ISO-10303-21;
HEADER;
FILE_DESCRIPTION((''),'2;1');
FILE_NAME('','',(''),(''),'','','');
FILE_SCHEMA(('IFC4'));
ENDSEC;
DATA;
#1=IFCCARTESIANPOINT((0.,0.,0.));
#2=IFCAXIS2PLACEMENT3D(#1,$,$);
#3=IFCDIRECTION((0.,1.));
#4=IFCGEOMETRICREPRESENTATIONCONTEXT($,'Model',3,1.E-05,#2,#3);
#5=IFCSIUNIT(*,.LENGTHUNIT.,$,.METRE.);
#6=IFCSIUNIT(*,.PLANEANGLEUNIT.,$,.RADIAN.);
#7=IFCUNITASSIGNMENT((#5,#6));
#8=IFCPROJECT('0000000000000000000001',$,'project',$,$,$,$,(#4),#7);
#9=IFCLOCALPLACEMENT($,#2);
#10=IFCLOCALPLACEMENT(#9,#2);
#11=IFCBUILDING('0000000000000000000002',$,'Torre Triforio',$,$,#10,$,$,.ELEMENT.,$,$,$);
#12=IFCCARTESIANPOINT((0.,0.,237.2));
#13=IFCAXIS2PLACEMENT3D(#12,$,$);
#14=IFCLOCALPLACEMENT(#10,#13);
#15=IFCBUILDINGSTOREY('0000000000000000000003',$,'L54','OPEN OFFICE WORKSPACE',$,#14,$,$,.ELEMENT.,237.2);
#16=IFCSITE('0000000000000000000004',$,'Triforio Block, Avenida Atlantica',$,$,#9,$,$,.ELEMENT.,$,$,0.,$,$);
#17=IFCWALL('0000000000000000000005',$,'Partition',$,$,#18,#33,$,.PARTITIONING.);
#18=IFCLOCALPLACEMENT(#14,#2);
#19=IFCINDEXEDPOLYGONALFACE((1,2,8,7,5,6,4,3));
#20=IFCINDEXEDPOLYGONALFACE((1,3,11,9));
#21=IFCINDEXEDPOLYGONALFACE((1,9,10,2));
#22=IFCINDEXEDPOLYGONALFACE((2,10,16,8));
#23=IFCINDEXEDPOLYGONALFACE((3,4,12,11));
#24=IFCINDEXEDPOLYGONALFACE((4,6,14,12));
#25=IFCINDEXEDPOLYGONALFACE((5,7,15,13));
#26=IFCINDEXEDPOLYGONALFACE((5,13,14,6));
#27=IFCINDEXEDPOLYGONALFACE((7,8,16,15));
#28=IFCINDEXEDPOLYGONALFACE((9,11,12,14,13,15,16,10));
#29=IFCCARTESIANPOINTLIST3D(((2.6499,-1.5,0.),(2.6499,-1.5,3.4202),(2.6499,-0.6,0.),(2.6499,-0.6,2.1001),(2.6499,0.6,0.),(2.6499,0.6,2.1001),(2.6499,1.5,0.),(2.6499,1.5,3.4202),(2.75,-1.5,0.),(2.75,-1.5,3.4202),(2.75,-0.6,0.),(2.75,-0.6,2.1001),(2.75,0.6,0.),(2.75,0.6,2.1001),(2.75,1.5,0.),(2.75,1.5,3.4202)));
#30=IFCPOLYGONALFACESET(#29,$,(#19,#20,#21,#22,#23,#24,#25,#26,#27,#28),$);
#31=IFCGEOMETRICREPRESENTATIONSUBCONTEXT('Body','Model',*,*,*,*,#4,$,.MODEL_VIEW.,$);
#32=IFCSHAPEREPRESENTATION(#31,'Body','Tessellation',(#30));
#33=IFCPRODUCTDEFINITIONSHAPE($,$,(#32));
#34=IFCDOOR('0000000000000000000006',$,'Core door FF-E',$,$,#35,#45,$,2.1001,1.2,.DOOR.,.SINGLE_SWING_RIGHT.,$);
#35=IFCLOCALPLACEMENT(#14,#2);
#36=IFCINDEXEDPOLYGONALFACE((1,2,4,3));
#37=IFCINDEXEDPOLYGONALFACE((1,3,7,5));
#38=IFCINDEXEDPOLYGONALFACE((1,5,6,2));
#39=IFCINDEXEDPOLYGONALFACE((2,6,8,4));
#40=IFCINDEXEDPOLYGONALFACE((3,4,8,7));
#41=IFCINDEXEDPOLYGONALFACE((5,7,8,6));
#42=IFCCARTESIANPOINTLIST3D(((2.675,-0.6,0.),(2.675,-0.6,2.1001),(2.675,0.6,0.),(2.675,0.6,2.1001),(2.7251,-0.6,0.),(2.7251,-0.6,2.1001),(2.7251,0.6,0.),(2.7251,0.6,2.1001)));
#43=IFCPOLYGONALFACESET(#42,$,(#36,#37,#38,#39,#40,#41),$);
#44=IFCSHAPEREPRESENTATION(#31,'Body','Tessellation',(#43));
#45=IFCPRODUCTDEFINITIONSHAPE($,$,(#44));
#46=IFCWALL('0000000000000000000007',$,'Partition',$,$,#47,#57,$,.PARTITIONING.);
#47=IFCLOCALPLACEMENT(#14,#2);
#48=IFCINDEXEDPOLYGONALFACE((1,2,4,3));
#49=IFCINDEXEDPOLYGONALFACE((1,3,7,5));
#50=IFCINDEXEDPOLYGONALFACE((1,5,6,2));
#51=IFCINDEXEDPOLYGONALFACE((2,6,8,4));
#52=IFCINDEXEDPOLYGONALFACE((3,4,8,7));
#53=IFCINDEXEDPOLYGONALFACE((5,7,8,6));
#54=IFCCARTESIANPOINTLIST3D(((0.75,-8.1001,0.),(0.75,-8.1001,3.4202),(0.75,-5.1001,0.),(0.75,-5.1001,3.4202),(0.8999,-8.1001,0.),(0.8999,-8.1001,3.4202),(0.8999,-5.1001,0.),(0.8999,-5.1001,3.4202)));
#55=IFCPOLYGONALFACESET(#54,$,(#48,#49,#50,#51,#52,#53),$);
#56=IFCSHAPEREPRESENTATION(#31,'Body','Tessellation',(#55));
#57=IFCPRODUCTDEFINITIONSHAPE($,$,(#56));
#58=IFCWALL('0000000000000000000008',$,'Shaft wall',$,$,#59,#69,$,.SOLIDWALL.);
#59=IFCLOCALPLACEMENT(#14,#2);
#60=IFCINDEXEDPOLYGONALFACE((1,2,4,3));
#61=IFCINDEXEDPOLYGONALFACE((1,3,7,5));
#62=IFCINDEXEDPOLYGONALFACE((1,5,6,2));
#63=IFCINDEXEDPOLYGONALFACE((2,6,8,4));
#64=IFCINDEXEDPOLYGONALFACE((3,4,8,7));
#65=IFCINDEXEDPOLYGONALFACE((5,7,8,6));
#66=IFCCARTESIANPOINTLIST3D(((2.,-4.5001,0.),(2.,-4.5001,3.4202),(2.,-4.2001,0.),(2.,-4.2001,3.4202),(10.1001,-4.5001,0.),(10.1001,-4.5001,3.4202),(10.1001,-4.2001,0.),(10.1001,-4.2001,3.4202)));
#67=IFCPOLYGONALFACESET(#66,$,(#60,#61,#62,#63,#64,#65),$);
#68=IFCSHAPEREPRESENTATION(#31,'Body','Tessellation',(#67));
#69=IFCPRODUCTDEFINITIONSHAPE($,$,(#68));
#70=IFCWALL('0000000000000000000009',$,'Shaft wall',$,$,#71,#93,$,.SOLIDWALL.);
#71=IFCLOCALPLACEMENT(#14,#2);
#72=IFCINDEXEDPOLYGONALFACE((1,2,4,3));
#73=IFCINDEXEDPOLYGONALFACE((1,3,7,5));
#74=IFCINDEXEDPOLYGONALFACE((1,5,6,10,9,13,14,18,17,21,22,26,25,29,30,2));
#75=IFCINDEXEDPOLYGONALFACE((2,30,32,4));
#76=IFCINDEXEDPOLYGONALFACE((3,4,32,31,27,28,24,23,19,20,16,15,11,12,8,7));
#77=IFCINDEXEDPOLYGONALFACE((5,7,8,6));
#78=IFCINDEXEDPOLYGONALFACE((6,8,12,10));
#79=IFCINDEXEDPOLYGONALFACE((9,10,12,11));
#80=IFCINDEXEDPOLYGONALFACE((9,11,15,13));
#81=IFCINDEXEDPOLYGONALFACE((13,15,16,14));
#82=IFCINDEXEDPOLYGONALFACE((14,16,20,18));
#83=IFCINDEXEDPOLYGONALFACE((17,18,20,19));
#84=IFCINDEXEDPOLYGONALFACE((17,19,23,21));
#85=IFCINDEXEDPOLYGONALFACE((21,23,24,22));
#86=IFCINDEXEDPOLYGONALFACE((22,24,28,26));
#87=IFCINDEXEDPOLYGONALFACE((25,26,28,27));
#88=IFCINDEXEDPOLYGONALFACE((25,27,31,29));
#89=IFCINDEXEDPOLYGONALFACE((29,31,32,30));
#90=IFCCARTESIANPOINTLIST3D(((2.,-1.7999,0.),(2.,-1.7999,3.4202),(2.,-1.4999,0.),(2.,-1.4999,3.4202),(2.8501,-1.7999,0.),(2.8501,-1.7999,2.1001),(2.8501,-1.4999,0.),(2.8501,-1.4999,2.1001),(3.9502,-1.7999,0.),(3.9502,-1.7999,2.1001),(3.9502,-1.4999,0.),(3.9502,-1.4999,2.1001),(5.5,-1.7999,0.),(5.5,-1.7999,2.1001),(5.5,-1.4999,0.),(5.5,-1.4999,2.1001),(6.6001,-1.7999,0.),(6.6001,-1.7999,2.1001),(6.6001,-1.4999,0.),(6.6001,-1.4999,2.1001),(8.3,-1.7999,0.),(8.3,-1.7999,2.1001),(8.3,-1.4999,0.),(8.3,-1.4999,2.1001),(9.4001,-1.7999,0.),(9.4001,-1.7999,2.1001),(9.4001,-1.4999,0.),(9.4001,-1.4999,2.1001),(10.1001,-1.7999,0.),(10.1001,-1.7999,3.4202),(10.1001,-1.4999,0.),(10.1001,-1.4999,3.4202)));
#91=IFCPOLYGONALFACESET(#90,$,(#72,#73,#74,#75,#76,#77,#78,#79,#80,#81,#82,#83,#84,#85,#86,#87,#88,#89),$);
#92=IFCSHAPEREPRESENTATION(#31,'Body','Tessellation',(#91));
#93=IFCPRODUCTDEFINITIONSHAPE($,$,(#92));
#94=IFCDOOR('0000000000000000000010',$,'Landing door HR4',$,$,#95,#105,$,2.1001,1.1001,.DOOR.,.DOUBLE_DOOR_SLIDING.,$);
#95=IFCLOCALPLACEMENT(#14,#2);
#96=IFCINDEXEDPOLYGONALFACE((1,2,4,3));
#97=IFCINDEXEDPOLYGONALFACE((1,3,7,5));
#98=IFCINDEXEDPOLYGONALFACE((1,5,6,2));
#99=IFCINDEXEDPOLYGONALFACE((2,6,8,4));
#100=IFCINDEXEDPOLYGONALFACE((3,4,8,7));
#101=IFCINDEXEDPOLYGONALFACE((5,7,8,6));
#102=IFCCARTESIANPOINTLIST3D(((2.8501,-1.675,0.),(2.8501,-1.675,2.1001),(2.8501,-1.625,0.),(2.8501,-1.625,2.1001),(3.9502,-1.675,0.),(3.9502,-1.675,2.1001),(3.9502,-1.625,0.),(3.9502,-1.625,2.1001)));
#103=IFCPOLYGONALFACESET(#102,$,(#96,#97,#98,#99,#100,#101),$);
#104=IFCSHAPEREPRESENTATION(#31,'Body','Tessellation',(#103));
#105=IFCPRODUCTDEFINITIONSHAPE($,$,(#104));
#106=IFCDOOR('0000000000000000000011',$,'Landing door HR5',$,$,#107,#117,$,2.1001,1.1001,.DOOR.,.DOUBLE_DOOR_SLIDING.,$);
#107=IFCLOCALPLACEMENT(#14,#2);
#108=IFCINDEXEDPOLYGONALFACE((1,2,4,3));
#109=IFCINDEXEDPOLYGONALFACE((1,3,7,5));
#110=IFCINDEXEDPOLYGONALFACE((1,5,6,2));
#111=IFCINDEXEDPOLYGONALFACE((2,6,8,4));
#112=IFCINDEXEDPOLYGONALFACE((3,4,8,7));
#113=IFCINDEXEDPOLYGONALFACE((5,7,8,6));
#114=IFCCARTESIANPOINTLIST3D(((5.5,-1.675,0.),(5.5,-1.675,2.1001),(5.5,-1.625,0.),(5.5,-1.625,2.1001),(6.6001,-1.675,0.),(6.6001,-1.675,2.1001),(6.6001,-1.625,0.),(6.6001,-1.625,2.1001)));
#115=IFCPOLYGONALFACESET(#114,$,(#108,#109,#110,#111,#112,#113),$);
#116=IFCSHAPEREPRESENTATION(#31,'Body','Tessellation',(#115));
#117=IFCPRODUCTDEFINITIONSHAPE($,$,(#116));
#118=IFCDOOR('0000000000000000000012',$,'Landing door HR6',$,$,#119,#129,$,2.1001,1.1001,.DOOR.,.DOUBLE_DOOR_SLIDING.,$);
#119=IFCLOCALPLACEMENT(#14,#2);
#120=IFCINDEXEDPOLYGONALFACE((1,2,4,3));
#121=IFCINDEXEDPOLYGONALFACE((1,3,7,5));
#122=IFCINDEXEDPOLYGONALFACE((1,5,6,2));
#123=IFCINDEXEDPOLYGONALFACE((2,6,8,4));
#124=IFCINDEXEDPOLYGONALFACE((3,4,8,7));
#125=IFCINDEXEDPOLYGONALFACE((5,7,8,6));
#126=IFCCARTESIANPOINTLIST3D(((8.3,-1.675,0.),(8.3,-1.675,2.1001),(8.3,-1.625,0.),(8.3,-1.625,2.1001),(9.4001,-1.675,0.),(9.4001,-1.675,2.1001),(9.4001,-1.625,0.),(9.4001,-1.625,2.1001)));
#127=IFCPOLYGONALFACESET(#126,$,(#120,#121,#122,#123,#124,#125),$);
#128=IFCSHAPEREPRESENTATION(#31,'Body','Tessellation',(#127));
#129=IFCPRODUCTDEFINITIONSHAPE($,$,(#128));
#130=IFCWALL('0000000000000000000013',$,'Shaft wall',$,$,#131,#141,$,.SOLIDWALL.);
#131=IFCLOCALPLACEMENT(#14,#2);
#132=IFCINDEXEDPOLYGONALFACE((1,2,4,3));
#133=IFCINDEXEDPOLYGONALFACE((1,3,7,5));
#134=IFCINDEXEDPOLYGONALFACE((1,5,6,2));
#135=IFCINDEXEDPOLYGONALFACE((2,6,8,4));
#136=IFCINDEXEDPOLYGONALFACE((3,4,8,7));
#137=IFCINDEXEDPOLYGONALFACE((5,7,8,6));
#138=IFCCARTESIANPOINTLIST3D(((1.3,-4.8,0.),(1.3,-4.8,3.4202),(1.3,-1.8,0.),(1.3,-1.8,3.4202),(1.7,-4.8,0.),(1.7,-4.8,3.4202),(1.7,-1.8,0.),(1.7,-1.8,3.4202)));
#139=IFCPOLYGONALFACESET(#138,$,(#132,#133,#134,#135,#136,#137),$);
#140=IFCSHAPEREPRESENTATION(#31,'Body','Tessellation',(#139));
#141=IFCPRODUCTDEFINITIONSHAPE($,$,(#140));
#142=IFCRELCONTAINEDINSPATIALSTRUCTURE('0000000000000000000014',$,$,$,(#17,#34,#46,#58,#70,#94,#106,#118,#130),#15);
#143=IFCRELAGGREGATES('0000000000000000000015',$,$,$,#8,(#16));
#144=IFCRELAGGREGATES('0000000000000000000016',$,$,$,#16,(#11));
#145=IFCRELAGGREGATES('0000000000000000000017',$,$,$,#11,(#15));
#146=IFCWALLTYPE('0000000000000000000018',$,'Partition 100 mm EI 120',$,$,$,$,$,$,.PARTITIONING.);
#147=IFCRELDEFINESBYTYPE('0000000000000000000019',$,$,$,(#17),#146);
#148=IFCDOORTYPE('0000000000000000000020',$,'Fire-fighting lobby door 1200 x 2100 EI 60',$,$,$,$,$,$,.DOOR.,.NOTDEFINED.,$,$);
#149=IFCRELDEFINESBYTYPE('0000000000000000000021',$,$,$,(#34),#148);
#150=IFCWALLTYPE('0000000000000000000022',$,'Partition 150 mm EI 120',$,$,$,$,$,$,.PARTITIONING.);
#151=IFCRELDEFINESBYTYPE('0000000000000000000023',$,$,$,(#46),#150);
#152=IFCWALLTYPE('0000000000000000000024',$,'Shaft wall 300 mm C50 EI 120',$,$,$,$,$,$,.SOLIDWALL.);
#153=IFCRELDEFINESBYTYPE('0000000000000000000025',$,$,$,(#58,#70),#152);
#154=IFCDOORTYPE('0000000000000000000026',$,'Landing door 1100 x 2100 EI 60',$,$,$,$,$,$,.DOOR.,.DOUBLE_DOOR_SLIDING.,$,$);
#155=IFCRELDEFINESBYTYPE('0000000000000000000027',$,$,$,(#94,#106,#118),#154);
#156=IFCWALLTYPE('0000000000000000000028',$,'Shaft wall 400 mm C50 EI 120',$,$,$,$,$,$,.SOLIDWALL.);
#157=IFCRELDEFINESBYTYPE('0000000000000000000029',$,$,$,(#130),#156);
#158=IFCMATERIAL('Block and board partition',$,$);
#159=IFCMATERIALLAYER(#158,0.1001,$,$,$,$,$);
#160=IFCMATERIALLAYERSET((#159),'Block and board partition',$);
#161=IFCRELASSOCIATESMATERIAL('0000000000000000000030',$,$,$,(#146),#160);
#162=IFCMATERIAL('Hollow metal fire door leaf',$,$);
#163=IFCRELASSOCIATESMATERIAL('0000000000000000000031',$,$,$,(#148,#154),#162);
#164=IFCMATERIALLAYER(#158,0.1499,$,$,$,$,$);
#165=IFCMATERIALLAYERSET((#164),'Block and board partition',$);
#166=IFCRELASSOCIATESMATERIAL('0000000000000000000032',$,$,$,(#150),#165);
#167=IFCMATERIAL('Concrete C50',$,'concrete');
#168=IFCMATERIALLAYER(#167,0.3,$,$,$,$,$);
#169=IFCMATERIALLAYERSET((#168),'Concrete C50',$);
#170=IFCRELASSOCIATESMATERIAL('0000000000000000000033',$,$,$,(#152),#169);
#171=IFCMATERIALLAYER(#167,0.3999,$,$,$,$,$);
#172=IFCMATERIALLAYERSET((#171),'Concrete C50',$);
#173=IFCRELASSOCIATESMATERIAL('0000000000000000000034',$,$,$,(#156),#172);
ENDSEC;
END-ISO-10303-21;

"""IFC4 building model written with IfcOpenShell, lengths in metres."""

from ifc_helpers import new_model, si_unit, direction, frame, frame_2d, origin, place, context, subcontext, project, spatial, rectangle, extrude, material, layer, layer_set, type_object, element, fill, save


model = new_model("IFC4")

# Units and contexts
model_context = context("Model", 3, precision=1e-05, world=origin(), true_north=direction((0.0, 1.0)))
body_context = subcontext(model_context, "Body", "Model", "MODEL_VIEW")
ifc_project = project(units=[si_unit("LENGTHUNIT", "METRE"), si_unit("PLANEANGLEUNIT", "RADIAN")], contexts=[model_context])

# Site, building, storey
site_placement = place(None, origin())
site = spatial("IfcSite", under=ifc_project, at=site_placement, Name="Triforio Block, Avenida Atlantica", CompositionType="ELEMENT", RefElevation=0.0)
building_placement = place(site_placement, origin())
building = spatial("IfcBuilding", under=site, at=building_placement, Name="Torre Triforio", CompositionType="ELEMENT")
storey_placement = place(building_placement, frame((0.0, 0.0, 237.2)))
storey = spatial("IfcBuildingStorey", under=building, at=storey_placement, Name="L54", Description="OPEN OFFICE WORKSPACE", CompositionType="ELEMENT", Elevation=237.2)

# Shared definitions
ifc_material_1 = material(Name="Concrete C50", Category="concrete")

# Wall, opening, door
ifc_material_2 = material(Name="Block and board partition")
ifc_layer_1 = layer(ifc_material_2, 0.1001)
ifc_layer_set_1 = layer_set([ifc_layer_1], Name="Block and board partition")
wall_type_1 = type_object("IfcWallType", Name="Partition 100 mm EI 120", PredefinedType="PARTITIONING", material=ifc_layer_set_1)
wall_1_placement = place(storey_placement, frame((2.7, -1.5, 0.0), z_axis=(0.0, 0.0, 1.0), x_axis=(0.0, 1.0, 0.0)))
wall_1 = element("IfcWall", 1, at=wall_1_placement, inside=storey, type_object=wall_type_1, Name="Partition", PredefinedType="PARTITIONING", context=body_context, shape_type="SweptSolid", body=[
    extrude(rectangle(XDim=3.0, YDim=0.1001, at=frame_2d((1.5, 0.0))), origin(), (0.0, 0.0, 1.0), 3.4202),
])
opening_1_placement = place(wall_1_placement, frame((0.8999, 0.0, 0.0)))
opening_1 = element("IfcOpeningElement", 2, at=opening_1_placement, cuts=wall_1, PredefinedType="OPENING", context=body_context, shape_type="SweptSolid", body=[
    extrude(rectangle(XDim=1.2, YDim=2.1001, at=frame_2d((0.6001, 1.05))), frame((0.0, 0.0601, 0.0), z_axis=(0.0, -1.0, 0.0), x_axis=(1.0, 0.0, 0.0)), (0.0, 0.0, 1.0), 0.1201),
])
ifc_material_3 = material(Name="Hollow metal fire door leaf")
door_type_1 = type_object("IfcDoorType", Name="Fire-fighting lobby door 1200 x 2100 EI 60", OperationType="NOTDEFINED", PredefinedType="DOOR", material=ifc_material_3)
door_1_placement = place(opening_1_placement, origin())
door_1 = element("IfcDoor", 3, at=door_1_placement, inside=storey, type_object=door_type_1, Name="Core door FF-E", OperationType="SINGLE_SWING_RIGHT", OverallHeight=2.1001, OverallWidth=1.2, PredefinedType="DOOR", context=body_context, shape_type="SweptSolid", body=[
    extrude(rectangle(XDim=1.2, YDim=2.1001, at=frame_2d((0.6001, 1.05))), frame((0.0, 0.0249, 0.0), z_axis=(0.0, -1.0, 0.0), x_axis=(1.0, 0.0, 0.0)), (0.0, 0.0, 1.0), 0.05),
])
fill(opening_1, door_1)

# Walls
ifc_layer_2 = layer(ifc_material_2, 0.1499)
ifc_layer_set_2 = layer_set([ifc_layer_2], Name="Block and board partition")
wall_type_2 = type_object("IfcWallType", Name="Partition 150 mm EI 120", PredefinedType="PARTITIONING", material=ifc_layer_set_2)
wall_2_placement = place(storey_placement, frame((0.825, -8.1001, 0.0), z_axis=(0.0, 0.0, 1.0), x_axis=(0.0, 1.0, 0.0)))
element("IfcWall", 4, at=wall_2_placement, inside=storey, type_object=wall_type_2, Name="Partition", PredefinedType="PARTITIONING", context=body_context, shape_type="SweptSolid", body=[
    extrude(rectangle(XDim=3.0, YDim=0.1499, at=frame_2d((1.5, 0.0))), origin(), (0.0, 0.0, 1.0), 3.4202),
])
ifc_layer_3 = layer(ifc_material_1, 0.3)
ifc_layer_set_3 = layer_set([ifc_layer_3], Name="Concrete C50")
wall_type_3 = type_object("IfcWallType", Name="Shaft wall 300 mm C50 EI 120", PredefinedType="SOLIDWALL", material=ifc_layer_set_3)
wall_3_placement = place(storey_placement, frame((2.0, -4.3501, 0.0), z_axis=(0.0, 0.0, 1.0), x_axis=(1.0, 0.0, 0.0)))
element("IfcWall", 5, at=wall_3_placement, inside=storey, type_object=wall_type_3, Name="Shaft wall", PredefinedType="SOLIDWALL", context=body_context, shape_type="SweptSolid", body=[
    extrude(rectangle(XDim=8.1001, YDim=0.3, at=frame_2d((4.05, 0.0))), origin(), (0.0, 0.0, 1.0), 3.4202),
])

# Wall, openings, doors
wall_4_placement = place(storey_placement, frame((2.0, -1.6499, 0.0), z_axis=(0.0, 0.0, 1.0), x_axis=(1.0, 0.0, 0.0)))
wall_4 = element("IfcWall", 6, at=wall_4_placement, inside=storey, type_object=wall_type_3, Name="Shaft wall", PredefinedType="SOLIDWALL", context=body_context, shape_type="SweptSolid", body=[
    extrude(rectangle(XDim=8.1001, YDim=0.3, at=frame_2d((4.05, 0.0))), origin(), (0.0, 0.0, 1.0), 3.4202),
])
opening_2_placement = place(wall_4_placement, frame((0.8501, 0.0, 0.0)))
opening_2 = element("IfcOpeningElement", 7, at=opening_2_placement, cuts=wall_4, PredefinedType="OPENING", context=body_context, shape_type="SweptSolid", body=[
    extrude(rectangle(XDim=1.1001, YDim=2.1001, at=frame_2d((0.55, 1.05))), frame((0.0, 0.1599, 0.0), z_axis=(0.0, -1.0, 0.0), x_axis=(1.0, 0.0, 0.0)), (0.0, 0.0, 1.0), 0.3201),
])
opening_3_placement = place(wall_4_placement, frame((3.5, 0.0, 0.0)))
opening_3 = element("IfcOpeningElement", 8, at=opening_3_placement, cuts=wall_4, PredefinedType="OPENING", context=body_context, shape_type="SweptSolid", body=[
    extrude(rectangle(XDim=1.1001, YDim=2.1001, at=frame_2d((0.55, 1.05))), frame((0.0, 0.1599, 0.0), z_axis=(0.0, -1.0, 0.0), x_axis=(1.0, 0.0, 0.0)), (0.0, 0.0, 1.0), 0.3201),
])
opening_4_placement = place(wall_4_placement, frame((6.3, 0.0, 0.0)))
opening_4 = element("IfcOpeningElement", 9, at=opening_4_placement, cuts=wall_4, PredefinedType="OPENING", context=body_context, shape_type="SweptSolid", body=[
    extrude(rectangle(XDim=1.1001, YDim=2.1001, at=frame_2d((0.55, 1.05))), frame((0.0, 0.1599, 0.0), z_axis=(0.0, -1.0, 0.0), x_axis=(1.0, 0.0, 0.0)), (0.0, 0.0, 1.0), 0.3201),
])
door_type_2 = type_object("IfcDoorType", Name="Landing door 1100 x 2100 EI 60", OperationType="DOUBLE_DOOR_SLIDING", PredefinedType="DOOR", material=ifc_material_3)
door_2_placement = place(opening_2_placement, origin())
door_2 = element("IfcDoor", 10, at=door_2_placement, inside=storey, type_object=door_type_2, Name="Landing door HR4", OperationType="DOUBLE_DOOR_SLIDING", OverallHeight=2.1001, OverallWidth=1.1001, PredefinedType="DOOR", context=body_context, shape_type="SweptSolid", body=[
    extrude(rectangle(XDim=1.1001, YDim=2.1001, at=frame_2d((0.55, 1.05))), frame((0.0, 0.0249, 0.0), z_axis=(0.0, -1.0, 0.0), x_axis=(1.0, 0.0, 0.0)), (0.0, 0.0, 1.0), 0.05),
])
fill(opening_2, door_2)
door_3_placement = place(opening_3_placement, origin())
door_3 = element("IfcDoor", 11, at=door_3_placement, inside=storey, type_object=door_type_2, Name="Landing door HR5", OperationType="DOUBLE_DOOR_SLIDING", OverallHeight=2.1001, OverallWidth=1.1001, PredefinedType="DOOR", context=body_context, shape_type="SweptSolid", body=[
    extrude(rectangle(XDim=1.1001, YDim=2.1001, at=frame_2d((0.55, 1.05))), frame((0.0, 0.0249, 0.0), z_axis=(0.0, -1.0, 0.0), x_axis=(1.0, 0.0, 0.0)), (0.0, 0.0, 1.0), 0.05),
])
fill(opening_3, door_3)
door_4_placement = place(opening_4_placement, origin())
door_4 = element("IfcDoor", 12, at=door_4_placement, inside=storey, type_object=door_type_2, Name="Landing door HR6", OperationType="DOUBLE_DOOR_SLIDING", OverallHeight=2.1001, OverallWidth=1.1001, PredefinedType="DOOR", context=body_context, shape_type="SweptSolid", body=[
    extrude(rectangle(XDim=1.1001, YDim=2.1001, at=frame_2d((0.55, 1.05))), frame((0.0, 0.0249, 0.0), z_axis=(0.0, -1.0, 0.0), x_axis=(1.0, 0.0, 0.0)), (0.0, 0.0, 1.0), 0.05),
])
fill(opening_4, door_4)

# Wall
ifc_layer_4 = layer(ifc_material_1, 0.3999)
ifc_layer_set_4 = layer_set([ifc_layer_4], Name="Concrete C50")
wall_type_4 = type_object("IfcWallType", Name="Shaft wall 400 mm C50 EI 120", PredefinedType="SOLIDWALL", material=ifc_layer_set_4)
wall_5_placement = place(storey_placement, frame((1.5, -4.8, 0.0), z_axis=(0.0, 0.0, 1.0), x_axis=(0.0, 1.0, 0.0)))
element("IfcWall", 13, at=wall_5_placement, inside=storey, type_object=wall_type_4, Name="Shaft wall", PredefinedType="SOLIDWALL", context=body_context, shape_type="SweptSolid", body=[
    extrude(rectangle(XDim=3.0, YDim=0.3999, at=frame_2d((1.5, 0.0))), origin(), (0.0, 0.0, 1.0), 3.4202),
])

save(model, "model.ifc")
